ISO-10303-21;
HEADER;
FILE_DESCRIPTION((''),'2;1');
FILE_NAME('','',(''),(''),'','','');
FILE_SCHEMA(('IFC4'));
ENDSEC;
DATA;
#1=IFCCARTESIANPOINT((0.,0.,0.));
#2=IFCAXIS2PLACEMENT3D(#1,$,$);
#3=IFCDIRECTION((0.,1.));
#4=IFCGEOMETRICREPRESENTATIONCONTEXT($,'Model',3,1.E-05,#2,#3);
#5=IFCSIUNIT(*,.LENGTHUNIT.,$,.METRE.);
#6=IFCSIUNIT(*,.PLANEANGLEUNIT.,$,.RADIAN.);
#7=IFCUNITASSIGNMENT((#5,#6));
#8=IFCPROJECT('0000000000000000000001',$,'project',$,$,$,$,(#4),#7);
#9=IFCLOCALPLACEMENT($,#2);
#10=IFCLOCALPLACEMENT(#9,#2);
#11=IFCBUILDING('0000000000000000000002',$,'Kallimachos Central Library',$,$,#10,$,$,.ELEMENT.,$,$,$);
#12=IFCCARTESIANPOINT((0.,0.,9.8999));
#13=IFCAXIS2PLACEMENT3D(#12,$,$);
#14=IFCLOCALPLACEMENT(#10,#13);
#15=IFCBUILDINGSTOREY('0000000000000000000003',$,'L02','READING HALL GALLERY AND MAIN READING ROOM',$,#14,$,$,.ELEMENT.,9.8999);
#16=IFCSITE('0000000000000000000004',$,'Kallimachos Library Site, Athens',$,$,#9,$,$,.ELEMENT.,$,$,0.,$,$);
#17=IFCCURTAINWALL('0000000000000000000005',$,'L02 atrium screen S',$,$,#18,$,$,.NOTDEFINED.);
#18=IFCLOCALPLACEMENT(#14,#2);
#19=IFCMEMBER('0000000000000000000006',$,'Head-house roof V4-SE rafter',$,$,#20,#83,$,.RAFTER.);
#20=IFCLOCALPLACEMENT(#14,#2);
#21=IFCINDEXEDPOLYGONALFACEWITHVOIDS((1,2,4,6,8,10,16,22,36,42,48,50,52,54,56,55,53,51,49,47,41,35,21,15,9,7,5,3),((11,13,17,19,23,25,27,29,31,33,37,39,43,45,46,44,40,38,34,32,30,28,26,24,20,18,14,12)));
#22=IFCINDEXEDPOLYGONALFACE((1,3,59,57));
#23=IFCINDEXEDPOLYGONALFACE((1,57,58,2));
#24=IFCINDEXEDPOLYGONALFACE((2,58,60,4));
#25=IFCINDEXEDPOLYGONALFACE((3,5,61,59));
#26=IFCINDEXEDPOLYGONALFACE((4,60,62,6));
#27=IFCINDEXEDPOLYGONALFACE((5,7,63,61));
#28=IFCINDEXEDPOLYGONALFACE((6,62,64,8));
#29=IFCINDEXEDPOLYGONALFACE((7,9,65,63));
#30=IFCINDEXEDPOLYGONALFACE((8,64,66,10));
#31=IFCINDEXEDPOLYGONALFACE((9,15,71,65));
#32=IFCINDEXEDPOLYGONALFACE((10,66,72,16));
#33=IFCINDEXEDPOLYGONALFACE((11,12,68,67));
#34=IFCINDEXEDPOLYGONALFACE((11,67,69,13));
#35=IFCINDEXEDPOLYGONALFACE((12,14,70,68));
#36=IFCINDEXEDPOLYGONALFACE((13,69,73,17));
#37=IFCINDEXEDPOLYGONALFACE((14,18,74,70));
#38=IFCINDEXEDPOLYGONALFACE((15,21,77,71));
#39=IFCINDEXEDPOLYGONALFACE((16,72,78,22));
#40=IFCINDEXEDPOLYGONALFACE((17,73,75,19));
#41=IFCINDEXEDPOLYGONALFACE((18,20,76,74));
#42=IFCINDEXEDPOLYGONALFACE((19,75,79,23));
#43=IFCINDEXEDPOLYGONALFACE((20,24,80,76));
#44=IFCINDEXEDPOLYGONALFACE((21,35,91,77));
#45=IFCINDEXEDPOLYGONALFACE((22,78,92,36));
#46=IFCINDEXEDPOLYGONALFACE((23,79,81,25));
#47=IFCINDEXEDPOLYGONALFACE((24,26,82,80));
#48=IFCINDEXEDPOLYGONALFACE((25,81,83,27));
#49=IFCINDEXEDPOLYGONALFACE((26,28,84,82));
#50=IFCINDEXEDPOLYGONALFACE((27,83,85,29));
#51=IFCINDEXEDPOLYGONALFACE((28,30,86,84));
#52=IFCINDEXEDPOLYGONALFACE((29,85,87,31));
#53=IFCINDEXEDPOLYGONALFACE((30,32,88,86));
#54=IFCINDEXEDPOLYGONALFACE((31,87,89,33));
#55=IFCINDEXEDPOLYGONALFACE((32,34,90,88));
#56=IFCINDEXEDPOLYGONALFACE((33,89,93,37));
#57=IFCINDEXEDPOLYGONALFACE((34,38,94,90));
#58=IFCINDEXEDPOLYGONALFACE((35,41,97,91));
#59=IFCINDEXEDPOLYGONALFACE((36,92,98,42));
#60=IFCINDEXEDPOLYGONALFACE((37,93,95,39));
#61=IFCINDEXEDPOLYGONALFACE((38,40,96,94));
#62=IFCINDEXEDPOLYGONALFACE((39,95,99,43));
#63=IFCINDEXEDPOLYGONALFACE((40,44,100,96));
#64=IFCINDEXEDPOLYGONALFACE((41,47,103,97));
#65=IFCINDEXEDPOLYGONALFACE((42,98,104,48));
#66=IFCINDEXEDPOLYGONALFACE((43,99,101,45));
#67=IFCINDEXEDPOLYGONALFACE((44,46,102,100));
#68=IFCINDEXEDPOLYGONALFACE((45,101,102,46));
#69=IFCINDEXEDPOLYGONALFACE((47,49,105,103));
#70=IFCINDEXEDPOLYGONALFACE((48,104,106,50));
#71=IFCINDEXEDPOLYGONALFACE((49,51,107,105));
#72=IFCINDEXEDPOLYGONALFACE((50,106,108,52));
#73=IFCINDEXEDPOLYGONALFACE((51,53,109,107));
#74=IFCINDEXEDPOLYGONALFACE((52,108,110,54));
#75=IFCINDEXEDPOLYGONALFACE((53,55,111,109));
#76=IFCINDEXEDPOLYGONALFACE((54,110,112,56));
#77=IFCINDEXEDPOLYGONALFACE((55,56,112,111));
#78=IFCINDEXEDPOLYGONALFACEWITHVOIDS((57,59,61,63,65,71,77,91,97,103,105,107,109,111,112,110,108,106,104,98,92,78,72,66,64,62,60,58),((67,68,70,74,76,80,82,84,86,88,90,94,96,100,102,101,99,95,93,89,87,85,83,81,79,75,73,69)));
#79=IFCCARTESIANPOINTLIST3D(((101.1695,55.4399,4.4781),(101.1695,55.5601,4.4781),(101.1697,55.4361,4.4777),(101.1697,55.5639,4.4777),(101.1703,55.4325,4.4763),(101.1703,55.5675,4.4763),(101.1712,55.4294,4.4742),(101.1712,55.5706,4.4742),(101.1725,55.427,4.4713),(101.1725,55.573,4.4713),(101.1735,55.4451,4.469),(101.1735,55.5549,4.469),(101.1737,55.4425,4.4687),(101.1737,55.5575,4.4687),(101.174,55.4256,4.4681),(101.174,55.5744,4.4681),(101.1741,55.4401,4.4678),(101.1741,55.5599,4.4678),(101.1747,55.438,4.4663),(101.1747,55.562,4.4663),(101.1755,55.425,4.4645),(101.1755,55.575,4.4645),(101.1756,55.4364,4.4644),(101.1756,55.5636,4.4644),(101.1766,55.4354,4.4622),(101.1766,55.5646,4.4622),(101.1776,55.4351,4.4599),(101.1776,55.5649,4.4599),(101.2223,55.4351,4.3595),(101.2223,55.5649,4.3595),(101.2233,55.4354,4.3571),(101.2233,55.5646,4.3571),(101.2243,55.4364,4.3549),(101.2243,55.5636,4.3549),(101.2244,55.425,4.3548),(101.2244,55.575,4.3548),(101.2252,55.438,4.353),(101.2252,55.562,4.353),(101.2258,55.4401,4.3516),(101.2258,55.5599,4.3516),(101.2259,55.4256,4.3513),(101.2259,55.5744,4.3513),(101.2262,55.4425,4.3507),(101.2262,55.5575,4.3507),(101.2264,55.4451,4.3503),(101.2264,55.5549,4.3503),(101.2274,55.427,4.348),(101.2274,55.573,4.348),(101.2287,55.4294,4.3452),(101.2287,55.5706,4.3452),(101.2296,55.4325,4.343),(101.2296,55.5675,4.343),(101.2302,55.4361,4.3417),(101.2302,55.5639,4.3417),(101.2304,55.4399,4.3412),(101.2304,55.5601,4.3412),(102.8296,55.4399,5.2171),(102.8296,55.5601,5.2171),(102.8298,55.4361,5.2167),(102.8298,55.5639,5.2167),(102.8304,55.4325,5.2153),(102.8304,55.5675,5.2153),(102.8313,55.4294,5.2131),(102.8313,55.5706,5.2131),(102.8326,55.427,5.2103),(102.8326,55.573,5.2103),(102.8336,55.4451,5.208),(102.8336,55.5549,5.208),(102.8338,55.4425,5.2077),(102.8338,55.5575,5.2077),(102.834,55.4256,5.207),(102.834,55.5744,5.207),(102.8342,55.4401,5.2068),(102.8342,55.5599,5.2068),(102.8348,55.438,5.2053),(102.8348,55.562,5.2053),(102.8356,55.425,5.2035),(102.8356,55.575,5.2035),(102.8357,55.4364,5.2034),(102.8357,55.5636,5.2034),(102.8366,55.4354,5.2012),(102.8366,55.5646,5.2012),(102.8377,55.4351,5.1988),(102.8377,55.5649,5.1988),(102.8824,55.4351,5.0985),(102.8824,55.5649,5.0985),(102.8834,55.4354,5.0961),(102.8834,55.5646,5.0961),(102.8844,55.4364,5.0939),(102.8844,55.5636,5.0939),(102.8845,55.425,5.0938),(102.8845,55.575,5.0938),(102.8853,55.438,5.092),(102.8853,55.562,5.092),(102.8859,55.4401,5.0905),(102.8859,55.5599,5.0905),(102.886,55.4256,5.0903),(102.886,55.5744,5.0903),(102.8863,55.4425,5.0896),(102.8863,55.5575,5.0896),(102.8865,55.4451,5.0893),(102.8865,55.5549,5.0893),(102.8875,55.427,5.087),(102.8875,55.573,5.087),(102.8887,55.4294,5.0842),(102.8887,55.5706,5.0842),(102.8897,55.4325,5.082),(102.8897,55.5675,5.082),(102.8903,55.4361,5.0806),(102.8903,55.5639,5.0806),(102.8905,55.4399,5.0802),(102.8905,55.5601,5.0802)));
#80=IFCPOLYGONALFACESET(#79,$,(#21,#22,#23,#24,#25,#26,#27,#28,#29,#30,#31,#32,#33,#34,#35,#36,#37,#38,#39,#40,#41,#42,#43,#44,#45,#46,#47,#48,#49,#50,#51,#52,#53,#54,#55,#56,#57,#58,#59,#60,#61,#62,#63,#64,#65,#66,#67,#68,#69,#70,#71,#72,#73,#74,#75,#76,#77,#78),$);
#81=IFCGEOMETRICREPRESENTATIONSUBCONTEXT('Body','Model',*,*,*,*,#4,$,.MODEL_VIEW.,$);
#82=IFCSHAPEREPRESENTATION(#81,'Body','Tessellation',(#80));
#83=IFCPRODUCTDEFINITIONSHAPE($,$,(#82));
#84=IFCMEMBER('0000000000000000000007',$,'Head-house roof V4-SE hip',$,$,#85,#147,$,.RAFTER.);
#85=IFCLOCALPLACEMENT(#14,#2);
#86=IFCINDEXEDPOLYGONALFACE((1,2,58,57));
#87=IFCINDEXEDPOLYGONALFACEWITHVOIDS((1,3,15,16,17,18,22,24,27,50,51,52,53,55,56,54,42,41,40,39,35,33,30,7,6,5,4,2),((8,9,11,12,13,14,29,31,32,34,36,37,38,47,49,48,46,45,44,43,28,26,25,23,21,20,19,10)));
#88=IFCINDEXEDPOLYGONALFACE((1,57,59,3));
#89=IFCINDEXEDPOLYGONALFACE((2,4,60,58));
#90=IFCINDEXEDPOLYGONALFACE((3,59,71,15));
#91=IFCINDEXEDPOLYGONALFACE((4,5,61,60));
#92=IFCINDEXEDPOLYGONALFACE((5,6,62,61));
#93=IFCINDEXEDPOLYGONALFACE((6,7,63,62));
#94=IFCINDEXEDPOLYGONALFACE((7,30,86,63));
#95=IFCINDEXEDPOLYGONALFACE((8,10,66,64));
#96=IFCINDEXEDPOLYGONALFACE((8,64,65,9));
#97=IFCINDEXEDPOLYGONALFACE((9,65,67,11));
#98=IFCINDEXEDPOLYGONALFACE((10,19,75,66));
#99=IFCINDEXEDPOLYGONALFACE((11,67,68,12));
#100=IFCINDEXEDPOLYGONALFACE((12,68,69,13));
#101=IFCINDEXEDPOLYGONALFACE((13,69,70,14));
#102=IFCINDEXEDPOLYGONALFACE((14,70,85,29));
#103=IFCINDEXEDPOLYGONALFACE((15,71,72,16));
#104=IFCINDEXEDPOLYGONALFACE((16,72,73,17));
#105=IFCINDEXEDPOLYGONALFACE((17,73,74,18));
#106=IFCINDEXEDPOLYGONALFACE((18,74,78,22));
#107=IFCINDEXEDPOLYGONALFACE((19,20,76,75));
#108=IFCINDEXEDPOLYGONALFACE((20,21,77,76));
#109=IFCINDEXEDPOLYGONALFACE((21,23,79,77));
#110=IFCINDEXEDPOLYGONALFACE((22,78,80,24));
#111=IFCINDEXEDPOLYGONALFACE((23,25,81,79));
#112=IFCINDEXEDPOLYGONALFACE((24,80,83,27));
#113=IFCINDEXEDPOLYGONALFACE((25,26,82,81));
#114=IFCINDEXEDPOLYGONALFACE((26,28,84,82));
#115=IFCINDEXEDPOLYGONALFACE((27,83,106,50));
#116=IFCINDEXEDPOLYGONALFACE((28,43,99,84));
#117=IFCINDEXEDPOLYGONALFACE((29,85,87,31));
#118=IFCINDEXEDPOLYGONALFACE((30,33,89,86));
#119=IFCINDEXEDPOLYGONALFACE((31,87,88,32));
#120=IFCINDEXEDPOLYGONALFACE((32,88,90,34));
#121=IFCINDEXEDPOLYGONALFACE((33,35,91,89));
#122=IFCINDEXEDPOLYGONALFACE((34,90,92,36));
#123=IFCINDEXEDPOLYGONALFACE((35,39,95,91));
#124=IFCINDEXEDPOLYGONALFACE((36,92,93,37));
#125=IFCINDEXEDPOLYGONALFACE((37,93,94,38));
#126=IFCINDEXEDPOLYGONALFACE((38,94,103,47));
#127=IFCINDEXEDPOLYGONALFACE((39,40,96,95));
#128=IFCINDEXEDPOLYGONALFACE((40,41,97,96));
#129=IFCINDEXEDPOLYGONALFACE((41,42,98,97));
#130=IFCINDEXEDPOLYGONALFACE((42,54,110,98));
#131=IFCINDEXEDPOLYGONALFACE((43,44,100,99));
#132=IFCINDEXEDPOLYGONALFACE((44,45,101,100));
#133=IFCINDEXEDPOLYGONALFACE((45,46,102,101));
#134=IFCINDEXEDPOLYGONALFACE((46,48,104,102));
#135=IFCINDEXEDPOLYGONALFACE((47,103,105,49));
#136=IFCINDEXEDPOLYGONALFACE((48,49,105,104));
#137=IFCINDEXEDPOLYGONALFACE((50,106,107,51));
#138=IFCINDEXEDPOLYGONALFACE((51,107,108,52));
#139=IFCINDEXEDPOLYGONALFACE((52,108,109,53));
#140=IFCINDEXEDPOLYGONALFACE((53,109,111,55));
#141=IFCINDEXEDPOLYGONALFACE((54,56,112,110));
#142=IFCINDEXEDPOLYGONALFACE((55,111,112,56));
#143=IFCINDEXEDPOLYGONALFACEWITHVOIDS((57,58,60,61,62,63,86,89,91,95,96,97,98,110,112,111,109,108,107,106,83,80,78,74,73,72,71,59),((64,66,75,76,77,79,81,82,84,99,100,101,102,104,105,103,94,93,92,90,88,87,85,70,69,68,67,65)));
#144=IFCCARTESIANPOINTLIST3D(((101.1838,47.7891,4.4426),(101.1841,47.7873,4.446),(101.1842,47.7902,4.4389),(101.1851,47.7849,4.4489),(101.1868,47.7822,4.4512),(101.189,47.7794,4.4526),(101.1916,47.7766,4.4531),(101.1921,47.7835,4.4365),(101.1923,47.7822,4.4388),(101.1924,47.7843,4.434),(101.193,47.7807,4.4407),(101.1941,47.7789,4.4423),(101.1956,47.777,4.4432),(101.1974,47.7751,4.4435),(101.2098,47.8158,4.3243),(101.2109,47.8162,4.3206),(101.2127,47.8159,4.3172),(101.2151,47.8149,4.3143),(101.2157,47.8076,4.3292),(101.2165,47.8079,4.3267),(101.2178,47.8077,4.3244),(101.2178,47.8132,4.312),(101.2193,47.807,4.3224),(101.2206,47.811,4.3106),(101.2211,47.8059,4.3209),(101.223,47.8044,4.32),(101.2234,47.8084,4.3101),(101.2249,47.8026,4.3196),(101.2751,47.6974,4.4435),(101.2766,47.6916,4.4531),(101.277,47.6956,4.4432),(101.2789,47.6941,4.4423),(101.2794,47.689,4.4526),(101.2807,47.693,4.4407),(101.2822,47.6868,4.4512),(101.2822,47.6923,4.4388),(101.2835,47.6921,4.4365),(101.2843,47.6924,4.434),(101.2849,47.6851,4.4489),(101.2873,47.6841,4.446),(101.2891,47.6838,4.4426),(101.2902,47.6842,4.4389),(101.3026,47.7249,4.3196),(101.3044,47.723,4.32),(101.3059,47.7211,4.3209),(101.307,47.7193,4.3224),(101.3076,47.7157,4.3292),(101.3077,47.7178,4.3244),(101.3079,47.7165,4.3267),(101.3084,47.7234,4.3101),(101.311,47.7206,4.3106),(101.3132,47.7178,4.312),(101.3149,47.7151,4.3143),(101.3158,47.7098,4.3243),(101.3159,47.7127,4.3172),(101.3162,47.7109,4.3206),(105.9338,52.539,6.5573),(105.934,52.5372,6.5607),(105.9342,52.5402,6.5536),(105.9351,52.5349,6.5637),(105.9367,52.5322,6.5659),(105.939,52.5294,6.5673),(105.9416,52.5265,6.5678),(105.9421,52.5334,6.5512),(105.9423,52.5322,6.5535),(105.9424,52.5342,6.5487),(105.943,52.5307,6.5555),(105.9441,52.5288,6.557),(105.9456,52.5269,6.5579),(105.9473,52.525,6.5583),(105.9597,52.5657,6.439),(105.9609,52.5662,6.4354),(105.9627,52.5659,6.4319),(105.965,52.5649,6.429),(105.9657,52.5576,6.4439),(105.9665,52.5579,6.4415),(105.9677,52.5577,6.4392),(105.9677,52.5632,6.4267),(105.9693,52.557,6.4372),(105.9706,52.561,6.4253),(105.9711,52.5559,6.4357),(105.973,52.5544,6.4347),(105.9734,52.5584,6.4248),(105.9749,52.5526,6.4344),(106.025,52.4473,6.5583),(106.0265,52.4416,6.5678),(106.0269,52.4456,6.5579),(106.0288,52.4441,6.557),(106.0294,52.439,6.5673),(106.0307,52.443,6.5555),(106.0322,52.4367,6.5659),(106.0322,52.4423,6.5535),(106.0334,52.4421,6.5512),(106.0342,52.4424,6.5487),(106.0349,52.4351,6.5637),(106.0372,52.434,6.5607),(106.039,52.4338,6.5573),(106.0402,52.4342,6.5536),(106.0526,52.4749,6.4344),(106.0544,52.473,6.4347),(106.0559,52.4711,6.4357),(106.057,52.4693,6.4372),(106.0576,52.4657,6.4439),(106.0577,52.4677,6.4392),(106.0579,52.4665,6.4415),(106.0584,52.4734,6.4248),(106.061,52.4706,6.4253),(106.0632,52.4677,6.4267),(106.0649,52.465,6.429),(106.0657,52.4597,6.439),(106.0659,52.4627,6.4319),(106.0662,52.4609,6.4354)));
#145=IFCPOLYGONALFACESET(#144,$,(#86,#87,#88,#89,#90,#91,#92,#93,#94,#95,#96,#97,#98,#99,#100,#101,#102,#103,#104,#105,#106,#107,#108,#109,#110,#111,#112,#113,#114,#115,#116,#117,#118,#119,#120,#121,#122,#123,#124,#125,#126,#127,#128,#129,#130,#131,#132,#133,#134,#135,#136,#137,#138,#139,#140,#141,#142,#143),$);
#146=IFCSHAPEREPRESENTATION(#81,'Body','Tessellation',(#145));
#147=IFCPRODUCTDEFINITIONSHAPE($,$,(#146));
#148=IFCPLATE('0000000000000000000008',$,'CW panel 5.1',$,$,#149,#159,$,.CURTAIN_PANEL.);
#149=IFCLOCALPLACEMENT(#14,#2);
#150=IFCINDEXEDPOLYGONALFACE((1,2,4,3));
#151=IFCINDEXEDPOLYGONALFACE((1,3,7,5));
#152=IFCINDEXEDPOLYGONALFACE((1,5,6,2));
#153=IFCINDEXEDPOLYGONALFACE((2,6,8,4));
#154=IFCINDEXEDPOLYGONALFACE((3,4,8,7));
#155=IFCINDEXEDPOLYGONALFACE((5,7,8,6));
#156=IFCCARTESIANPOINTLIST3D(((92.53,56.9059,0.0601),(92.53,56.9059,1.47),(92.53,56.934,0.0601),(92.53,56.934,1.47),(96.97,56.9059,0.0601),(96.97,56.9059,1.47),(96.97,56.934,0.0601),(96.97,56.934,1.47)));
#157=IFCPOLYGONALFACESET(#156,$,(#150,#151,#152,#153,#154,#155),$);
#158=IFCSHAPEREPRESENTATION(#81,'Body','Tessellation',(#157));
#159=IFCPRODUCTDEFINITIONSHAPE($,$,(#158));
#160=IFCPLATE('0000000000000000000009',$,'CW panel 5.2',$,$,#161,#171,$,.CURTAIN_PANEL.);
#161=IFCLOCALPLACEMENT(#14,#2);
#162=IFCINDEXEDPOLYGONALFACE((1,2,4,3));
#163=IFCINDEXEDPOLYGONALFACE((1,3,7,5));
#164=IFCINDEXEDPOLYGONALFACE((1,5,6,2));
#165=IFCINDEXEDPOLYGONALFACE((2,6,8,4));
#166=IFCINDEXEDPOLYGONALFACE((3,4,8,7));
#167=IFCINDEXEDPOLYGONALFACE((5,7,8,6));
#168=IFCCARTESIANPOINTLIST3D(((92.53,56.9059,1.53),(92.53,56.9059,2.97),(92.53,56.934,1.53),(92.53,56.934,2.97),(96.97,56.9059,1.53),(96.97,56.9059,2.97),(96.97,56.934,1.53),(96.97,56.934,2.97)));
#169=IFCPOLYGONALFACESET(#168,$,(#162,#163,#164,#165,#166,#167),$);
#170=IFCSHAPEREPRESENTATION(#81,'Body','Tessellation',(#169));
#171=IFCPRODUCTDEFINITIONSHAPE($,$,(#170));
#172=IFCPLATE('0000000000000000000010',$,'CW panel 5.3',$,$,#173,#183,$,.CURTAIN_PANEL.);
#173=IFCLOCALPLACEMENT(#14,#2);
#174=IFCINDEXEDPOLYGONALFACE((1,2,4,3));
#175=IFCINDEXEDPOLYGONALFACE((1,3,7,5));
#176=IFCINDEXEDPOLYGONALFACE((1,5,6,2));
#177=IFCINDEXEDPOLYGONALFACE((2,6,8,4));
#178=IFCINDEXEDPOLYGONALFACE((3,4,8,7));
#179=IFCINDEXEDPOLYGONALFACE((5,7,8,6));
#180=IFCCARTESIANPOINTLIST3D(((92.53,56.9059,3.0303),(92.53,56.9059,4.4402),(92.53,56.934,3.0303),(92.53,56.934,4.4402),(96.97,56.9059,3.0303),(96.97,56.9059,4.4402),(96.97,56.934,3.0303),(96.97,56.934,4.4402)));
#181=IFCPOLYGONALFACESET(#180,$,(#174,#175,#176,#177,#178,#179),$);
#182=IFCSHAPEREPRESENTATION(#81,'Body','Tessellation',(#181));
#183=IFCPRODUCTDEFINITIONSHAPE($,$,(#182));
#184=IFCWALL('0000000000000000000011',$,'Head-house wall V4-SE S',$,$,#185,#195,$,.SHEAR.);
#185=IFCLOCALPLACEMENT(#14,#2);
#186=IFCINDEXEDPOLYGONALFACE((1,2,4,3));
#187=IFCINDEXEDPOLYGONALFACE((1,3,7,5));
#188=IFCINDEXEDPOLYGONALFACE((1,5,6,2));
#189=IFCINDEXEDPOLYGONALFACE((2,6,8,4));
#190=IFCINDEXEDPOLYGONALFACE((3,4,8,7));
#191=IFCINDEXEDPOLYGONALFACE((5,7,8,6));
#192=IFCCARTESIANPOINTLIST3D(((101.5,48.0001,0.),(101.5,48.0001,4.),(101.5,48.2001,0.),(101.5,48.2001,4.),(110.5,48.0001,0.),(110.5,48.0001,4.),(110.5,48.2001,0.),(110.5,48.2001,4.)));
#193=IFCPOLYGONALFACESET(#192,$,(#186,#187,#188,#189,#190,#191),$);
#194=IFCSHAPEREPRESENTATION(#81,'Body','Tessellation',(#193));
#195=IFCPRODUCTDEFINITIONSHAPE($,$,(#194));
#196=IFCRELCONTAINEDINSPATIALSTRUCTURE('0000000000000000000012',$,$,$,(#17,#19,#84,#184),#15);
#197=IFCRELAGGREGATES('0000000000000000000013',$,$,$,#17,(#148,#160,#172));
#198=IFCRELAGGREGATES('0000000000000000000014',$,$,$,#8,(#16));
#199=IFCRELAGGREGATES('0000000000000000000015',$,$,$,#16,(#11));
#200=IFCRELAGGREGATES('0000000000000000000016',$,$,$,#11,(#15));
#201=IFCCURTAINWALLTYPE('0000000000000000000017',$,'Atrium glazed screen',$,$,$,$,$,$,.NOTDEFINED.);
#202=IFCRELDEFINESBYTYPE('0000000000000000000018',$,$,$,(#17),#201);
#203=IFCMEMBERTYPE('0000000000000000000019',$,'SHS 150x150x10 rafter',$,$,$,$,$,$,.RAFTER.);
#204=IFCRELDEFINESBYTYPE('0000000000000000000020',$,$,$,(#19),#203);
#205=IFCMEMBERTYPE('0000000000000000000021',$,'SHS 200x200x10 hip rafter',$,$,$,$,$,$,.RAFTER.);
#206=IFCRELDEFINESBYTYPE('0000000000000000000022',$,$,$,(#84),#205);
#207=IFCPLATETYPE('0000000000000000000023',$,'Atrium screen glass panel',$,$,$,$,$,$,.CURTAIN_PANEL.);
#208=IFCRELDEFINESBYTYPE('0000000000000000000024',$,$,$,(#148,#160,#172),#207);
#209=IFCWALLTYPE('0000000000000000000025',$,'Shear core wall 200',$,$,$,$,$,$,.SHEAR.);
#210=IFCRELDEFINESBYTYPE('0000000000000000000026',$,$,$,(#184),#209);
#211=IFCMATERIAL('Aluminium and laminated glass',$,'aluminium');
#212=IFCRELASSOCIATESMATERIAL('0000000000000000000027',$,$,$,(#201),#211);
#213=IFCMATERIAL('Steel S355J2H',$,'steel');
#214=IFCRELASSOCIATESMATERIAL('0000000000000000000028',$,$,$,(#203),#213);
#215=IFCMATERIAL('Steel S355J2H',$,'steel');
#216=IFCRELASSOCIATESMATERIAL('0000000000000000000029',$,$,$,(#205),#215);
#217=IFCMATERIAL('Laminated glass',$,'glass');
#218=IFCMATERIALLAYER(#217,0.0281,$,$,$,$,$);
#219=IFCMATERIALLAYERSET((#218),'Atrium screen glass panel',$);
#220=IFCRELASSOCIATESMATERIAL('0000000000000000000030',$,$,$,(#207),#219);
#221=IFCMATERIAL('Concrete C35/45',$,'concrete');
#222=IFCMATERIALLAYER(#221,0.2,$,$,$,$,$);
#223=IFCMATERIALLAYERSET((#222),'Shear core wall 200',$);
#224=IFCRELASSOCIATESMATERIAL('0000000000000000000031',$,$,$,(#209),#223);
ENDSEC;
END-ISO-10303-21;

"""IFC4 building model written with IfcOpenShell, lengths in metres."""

from ifc_helpers import new_model, si_unit, direction, frame, frame_2d, origin, origin_2d, place, context, subcontext, project, spatial, rectangle, hollow_rectangle, extrude, material, layer, layer_set, material_profile, profile_set, type_object, element, aggregate, save


model = new_model("IFC4")

# Units and contexts
model_context = context("Model", 3, precision=1e-05, world=origin(), true_north=direction((0.0, 1.0)))
body_context = subcontext(model_context, "Body", "Model", "MODEL_VIEW")
ifc_project = project(units=[si_unit("LENGTHUNIT", "METRE"), si_unit("PLANEANGLEUNIT", "RADIAN")], contexts=[model_context])

# Site, building, storey
site_placement = place(None, origin())
site = spatial("IfcSite", under=ifc_project, at=site_placement, Name="Kallimachos Library Site, Athens", CompositionType="ELEMENT", RefElevation=0.0)
building_placement = place(site_placement, origin())
building = spatial("IfcBuilding", under=site, at=building_placement, Name="Kallimachos Central Library", CompositionType="ELEMENT")
storey_placement = place(building_placement, frame((0.0, 0.0, 9.8999)))
storey = spatial("IfcBuildingStorey", under=building, at=storey_placement, Name="L02", Description="READING HALL GALLERY AND MAIN READING ROOM", CompositionType="ELEMENT", Elevation=9.8999)

# Curtain wall
ifc_material_1 = material(Name="Aluminium and laminated glass", Category="aluminium")
curtain_wall_type = type_object("IfcCurtainWallType", Name="Atrium glazed screen", PredefinedType="NOTDEFINED", material=ifc_material_1)
curtain_wall_placement = place(storey_placement, origin())
curtain_wall = element("IfcCurtainWall", 1, at=curtain_wall_placement, inside=storey, type_object=curtain_wall_type, Name="L02 atrium screen S", PredefinedType="NOTDEFINED")

# Members
ifc_material_2 = material(Name="Steel S355J2H", Category="steel")
ifc_material_profile_1 = material_profile(ifc_material_2, hollow_rectangle(XDim=0.1499, YDim=0.1499, WallThickness=0.01, InnerFilletRadius=0.01, OuterFilletRadius=0.0149, at=origin_2d()), Name="SHS 150x150x10")
ifc_profile_set_1 = profile_set([ifc_material_profile_1], Name="Steel S355J2H")
member_type_1 = type_object("IfcMemberType", Name="SHS 150x150x10 rafter", PredefinedType="RAFTER", material=ifc_profile_set_1)
member_1_placement = place(storey_placement, frame((101.2, 55.5, 4.4097), z_axis=(0.913573, 0.0, 0.406674), x_axis=(0.0, 1.0, 0.0)))
element("IfcMember", 2, at=member_1_placement, inside=storey, type_object=member_type_1, Name="Head-house roof V4-SE rafter", PredefinedType="RAFTER", context=body_context, shape_type="SweptSolid", body=[
    extrude(hollow_rectangle(XDim=0.1499, YDim=0.1499, WallThickness=0.01, InnerFilletRadius=0.01, OuterFilletRadius=0.0149, at=origin_2d()), origin(), (0.0, 0.0, 1.0), 1.8171),
])
ifc_material_3 = material(Name="Steel S355J2H", Category="steel")
ifc_material_profile_2 = material_profile(ifc_material_3, hollow_rectangle(XDim=0.1499, YDim=0.1499, WallThickness=0.01, InnerFilletRadius=0.01, OuterFilletRadius=0.0149, at=origin_2d()), Name="SHS 150x150x10")
ifc_profile_set_2 = profile_set([ifc_material_profile_2], Name="Steel S355J2H")
member_type_2 = type_object("IfcMemberType", Name="SHS 200x200x10 hip rafter", PredefinedType="RAFTER", material=ifc_profile_set_2)
member_2_placement = place(storey_placement, frame((101.25, 47.75, 4.3816), z_axis=(0.674474, 0.674474, 0.300282), x_axis=(-0.707107, 0.707107, 0.0)))
element("IfcMember", 3, at=member_2_placement, inside=storey, type_object=member_type_2, Name="Head-house roof V4-SE hip", PredefinedType="RAFTER", context=body_context, shape_type="SweptSolid", body=[
    extrude(hollow_rectangle(XDim=0.1499, YDim=0.1499, WallThickness=0.01, InnerFilletRadius=0.01, OuterFilletRadius=0.0149, at=origin_2d()), origin(), (0.0, 0.0, 1.0), 7.0425),
])

# Plates
ifc_material_4 = material(Name="Laminated glass", Category="glass")
ifc_layer_1 = layer(ifc_material_4, 0.0281)
ifc_layer_set_1 = layer_set([ifc_layer_1], Name="Atrium screen glass panel")
plate_type = type_object("IfcPlateType", Name="Atrium screen glass panel", PredefinedType="CURTAIN_PANEL", material=ifc_layer_set_1)
plate_1_placement = place(storey_placement, frame((94.75, 56.9199, 0.0601), z_axis=(0.0, 0.0, 1.0), x_axis=(1.0, 0.0, 0.0)))
plate_1 = element("IfcPlate", 4, at=plate_1_placement, type_object=plate_type, Name="CW panel 5.1", PredefinedType="CURTAIN_PANEL", context=body_context, shape_type="SweptSolid", body=[
    extrude(rectangle(XDim=4.4399, YDim=0.0281, at=origin_2d()), origin(), (0.0, 0.0, 1.0), 1.4099),
])
plate_2_placement = place(storey_placement, frame((94.75, 56.9199, 1.53), z_axis=(0.0, 0.0, 1.0), x_axis=(1.0, 0.0, 0.0)))
plate_2 = element("IfcPlate", 5, at=plate_2_placement, type_object=plate_type, Name="CW panel 5.2", PredefinedType="CURTAIN_PANEL", context=body_context, shape_type="SweptSolid", body=[
    extrude(rectangle(XDim=4.4399, YDim=0.0281, at=origin_2d()), origin(), (0.0, 0.0, 1.0), 1.4399),
])
plate_3_placement = place(storey_placement, frame((94.75, 56.9199, 3.0303), z_axis=(0.0, 0.0, 1.0), x_axis=(1.0, 0.0, 0.0)))
plate_3 = element("IfcPlate", 6, at=plate_3_placement, type_object=plate_type, Name="CW panel 5.3", PredefinedType="CURTAIN_PANEL", context=body_context, shape_type="SweptSolid", body=[
    extrude(rectangle(XDim=4.4399, YDim=0.0281, at=origin_2d()), origin(), (0.0, 0.0, 1.0), 1.4099),
])
aggregate(curtain_wall, [plate_1, plate_2, plate_3])

# Wall
ifc_material_5 = material(Name="Concrete C35/45", Category="concrete")
ifc_layer_2 = layer(ifc_material_5, 0.2)
ifc_layer_set_2 = layer_set([ifc_layer_2], Name="Shear core wall 200")
wall_type_1 = type_object("IfcWallType", Name="Shear core wall 200", PredefinedType="SHEAR", material=ifc_layer_set_2)
wall_1_placement = place(storey_placement, frame((101.5, 48.1001, 0.0), z_axis=(0.0, 0.0, 1.0), x_axis=(1.0, 0.0, 0.0)))
element("IfcWall", 7, at=wall_1_placement, inside=storey, type_object=wall_type_1, Name="Head-house wall V4-SE S", PredefinedType="SHEAR", context=body_context, shape_type="SweptSolid", body=[
    extrude(rectangle(XDim=9.0, YDim=0.2, at=frame_2d((4.5, 0.0))), origin(), (0.0, 0.0, 1.0), 4.0),
])

save(model, "model.ifc")
